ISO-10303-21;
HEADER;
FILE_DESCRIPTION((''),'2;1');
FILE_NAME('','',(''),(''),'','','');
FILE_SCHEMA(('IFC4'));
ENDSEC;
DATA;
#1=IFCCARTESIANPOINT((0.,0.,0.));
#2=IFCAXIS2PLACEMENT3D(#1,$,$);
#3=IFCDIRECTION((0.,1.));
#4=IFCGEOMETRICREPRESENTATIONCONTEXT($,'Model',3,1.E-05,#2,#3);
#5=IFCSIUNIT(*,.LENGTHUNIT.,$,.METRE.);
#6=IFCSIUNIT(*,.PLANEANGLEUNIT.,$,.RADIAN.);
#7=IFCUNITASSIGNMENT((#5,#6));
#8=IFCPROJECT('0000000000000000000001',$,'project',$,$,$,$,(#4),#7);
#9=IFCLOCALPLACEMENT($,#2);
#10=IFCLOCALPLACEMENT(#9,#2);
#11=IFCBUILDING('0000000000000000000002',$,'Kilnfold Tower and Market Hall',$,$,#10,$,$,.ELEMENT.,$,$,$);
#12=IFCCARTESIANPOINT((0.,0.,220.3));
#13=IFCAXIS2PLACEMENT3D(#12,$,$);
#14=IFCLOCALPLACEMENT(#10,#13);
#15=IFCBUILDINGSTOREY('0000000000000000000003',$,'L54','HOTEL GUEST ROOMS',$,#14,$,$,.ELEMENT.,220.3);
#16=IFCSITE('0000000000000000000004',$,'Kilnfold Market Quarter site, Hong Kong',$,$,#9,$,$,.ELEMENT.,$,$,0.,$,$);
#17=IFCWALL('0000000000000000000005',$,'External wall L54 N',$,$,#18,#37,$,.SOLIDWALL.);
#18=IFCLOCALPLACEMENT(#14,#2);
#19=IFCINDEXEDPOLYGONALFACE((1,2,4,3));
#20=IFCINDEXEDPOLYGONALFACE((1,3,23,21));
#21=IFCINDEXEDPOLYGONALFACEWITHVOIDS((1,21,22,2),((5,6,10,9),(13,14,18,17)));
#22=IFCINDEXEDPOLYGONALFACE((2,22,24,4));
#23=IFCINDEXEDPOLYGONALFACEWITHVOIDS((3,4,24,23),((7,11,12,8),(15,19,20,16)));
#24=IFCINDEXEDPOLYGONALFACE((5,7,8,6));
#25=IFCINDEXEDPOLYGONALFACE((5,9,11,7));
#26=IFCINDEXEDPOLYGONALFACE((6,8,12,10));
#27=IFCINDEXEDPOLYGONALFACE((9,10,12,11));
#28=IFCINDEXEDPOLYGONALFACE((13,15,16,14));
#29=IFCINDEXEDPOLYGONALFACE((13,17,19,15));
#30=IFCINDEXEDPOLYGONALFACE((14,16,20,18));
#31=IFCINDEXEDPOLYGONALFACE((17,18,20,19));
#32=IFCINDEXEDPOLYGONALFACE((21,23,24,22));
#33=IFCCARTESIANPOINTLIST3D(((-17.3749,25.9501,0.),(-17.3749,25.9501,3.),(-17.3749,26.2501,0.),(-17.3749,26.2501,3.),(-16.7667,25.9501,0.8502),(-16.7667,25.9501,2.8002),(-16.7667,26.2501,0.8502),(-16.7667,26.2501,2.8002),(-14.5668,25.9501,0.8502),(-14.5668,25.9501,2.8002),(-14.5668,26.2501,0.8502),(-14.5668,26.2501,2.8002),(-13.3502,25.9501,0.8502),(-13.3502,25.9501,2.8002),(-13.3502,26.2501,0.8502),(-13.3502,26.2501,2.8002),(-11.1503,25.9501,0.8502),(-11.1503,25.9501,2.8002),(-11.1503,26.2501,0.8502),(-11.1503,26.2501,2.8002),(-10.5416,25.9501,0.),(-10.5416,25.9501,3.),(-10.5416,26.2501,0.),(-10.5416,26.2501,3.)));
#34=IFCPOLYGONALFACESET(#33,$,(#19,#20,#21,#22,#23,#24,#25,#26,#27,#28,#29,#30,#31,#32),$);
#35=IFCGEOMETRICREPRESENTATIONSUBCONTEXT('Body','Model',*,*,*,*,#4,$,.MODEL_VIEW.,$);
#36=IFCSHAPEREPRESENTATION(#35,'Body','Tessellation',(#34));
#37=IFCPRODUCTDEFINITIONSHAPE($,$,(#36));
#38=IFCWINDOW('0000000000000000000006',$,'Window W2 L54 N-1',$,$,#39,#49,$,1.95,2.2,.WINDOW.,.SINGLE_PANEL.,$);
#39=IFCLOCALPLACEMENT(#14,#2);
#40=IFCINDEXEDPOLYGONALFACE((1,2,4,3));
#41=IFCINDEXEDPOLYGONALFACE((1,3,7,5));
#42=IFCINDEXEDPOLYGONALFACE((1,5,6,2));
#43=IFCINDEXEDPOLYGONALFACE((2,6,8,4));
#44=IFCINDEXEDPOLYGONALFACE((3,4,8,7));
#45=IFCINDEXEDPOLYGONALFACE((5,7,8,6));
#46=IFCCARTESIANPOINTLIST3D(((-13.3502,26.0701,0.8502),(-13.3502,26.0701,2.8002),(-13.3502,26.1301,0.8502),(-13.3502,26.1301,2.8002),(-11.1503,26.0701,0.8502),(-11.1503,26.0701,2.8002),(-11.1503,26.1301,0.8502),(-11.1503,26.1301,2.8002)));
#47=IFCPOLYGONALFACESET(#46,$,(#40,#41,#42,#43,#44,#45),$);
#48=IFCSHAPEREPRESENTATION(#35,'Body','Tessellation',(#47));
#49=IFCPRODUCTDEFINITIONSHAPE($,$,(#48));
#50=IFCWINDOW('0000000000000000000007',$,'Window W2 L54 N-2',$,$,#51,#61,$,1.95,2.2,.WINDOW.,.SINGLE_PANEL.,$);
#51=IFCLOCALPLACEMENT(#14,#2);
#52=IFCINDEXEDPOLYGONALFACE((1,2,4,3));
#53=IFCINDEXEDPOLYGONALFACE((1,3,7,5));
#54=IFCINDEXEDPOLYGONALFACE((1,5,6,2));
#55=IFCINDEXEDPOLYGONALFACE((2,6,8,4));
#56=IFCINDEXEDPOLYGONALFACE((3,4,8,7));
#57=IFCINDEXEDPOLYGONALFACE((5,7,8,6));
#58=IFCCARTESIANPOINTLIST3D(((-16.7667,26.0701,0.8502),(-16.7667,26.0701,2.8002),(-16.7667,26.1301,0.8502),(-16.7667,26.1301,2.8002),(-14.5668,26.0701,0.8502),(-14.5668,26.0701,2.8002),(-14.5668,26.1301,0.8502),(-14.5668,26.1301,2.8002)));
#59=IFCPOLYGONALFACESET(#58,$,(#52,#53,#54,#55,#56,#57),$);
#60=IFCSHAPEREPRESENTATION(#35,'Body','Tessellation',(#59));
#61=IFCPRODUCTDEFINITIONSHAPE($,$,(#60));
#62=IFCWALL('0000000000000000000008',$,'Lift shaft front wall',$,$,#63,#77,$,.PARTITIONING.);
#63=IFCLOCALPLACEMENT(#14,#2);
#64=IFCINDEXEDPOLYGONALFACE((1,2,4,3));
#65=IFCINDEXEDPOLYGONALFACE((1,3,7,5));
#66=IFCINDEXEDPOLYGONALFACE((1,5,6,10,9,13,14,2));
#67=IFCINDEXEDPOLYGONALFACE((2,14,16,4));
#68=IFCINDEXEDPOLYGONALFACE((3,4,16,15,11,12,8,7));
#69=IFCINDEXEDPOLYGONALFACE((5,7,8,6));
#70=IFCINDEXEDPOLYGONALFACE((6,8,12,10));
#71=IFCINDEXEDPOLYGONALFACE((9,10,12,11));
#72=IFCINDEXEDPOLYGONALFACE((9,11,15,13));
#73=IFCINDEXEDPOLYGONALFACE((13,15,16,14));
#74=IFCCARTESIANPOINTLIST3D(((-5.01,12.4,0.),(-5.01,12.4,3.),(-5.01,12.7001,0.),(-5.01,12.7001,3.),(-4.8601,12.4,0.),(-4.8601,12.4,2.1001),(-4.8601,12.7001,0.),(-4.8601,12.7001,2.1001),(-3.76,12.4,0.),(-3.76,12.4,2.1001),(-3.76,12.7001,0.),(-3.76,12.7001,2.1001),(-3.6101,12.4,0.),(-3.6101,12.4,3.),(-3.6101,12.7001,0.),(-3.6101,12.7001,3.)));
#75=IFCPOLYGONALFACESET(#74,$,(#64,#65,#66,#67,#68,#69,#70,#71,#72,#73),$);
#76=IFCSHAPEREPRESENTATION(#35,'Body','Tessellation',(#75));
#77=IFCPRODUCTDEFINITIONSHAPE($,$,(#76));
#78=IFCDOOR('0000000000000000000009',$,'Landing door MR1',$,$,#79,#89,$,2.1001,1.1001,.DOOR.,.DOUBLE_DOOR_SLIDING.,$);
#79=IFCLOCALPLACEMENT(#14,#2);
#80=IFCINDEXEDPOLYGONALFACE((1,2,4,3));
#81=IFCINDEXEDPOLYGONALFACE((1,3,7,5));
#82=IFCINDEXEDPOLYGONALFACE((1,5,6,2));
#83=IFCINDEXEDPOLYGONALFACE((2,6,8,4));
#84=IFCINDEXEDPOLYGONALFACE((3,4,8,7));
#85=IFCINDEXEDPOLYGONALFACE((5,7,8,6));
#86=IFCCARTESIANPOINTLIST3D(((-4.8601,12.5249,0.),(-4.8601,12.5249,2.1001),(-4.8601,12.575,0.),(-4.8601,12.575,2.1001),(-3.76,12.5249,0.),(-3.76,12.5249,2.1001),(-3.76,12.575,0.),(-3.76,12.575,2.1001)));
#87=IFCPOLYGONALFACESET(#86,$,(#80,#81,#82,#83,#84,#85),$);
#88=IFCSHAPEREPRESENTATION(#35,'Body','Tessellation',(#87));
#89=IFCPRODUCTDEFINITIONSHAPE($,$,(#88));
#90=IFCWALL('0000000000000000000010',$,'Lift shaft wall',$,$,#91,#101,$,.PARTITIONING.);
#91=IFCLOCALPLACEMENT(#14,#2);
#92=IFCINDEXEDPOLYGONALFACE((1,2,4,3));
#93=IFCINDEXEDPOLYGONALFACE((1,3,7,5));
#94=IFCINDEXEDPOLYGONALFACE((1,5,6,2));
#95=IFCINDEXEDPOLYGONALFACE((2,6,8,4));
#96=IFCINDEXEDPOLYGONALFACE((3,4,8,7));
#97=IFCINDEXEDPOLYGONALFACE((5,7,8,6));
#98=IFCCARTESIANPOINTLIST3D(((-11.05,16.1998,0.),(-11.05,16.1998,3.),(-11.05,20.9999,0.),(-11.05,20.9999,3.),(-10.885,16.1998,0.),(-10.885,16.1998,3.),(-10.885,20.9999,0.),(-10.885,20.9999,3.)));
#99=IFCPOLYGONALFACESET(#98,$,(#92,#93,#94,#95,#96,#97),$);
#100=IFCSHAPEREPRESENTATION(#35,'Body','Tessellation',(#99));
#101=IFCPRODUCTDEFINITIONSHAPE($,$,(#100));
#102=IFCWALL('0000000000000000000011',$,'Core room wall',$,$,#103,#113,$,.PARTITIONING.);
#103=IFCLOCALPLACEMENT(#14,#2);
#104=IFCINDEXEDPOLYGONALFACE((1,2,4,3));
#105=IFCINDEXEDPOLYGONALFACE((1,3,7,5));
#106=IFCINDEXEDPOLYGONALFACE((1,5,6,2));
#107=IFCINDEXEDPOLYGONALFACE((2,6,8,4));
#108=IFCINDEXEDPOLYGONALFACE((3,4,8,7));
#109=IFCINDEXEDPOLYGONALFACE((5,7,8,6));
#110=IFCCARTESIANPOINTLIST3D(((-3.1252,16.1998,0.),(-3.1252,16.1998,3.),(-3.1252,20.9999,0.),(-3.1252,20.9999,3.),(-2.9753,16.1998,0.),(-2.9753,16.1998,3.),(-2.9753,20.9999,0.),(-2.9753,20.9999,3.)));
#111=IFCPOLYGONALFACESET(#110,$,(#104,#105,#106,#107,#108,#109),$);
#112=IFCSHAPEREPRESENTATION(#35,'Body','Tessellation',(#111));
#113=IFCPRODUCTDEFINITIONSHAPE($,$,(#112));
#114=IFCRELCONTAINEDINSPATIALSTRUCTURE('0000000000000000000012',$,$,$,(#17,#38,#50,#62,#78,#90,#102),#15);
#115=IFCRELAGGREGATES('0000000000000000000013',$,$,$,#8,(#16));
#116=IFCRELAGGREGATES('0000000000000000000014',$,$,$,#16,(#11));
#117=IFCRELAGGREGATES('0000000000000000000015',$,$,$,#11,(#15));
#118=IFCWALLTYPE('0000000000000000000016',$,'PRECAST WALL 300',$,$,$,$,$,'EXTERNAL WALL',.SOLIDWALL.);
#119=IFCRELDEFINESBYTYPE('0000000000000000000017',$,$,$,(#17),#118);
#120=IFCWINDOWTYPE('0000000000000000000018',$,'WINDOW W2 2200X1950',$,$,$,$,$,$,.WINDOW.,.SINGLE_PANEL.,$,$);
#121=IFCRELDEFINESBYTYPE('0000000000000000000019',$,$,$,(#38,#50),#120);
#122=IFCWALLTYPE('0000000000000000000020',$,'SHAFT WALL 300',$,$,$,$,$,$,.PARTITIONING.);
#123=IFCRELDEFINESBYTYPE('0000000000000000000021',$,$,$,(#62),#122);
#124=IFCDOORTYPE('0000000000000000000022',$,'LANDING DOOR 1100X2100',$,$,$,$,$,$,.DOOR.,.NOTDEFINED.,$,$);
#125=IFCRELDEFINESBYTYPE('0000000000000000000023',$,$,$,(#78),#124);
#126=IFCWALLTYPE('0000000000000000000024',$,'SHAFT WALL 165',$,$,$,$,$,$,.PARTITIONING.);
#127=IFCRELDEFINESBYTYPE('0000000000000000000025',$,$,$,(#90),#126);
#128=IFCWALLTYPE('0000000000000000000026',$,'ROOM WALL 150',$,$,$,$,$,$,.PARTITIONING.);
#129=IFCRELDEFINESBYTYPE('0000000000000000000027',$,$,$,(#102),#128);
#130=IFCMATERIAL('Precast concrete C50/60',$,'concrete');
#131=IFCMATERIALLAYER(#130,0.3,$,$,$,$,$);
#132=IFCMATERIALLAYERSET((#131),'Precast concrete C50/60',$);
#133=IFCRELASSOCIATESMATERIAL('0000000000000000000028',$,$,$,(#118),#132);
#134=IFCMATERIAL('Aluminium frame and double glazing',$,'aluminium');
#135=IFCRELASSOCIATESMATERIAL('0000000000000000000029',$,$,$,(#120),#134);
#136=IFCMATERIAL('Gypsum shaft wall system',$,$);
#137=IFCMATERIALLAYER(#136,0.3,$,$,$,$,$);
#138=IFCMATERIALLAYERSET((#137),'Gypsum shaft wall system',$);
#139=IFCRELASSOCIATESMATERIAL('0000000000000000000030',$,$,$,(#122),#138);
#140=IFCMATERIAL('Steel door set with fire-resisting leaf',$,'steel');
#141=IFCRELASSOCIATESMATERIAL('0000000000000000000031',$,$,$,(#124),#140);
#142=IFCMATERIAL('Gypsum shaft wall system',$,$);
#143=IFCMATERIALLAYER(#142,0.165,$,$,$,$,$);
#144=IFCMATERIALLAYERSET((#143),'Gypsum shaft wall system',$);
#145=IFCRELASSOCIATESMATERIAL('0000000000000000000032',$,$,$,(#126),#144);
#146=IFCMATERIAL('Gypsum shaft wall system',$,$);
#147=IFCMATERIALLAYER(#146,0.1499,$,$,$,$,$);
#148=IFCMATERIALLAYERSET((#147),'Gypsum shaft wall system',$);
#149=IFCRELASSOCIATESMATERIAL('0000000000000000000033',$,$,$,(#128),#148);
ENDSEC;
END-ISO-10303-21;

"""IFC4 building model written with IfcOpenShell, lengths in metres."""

from ifc_helpers import new_model, si_unit, direction, frame, frame_2d, origin, place, context, subcontext, project, spatial, rectangle, extrude, source, transform, mapped, material, layer, layer_set, type_object, element, fill, save


model = new_model("IFC4")

# Units and contexts
model_context = context("Model", 3, precision=1e-05, world=origin(), true_north=direction((0.0, 1.0)))
body_context = subcontext(model_context, "Body", "Model", "MODEL_VIEW")
ifc_project = project(units=[si_unit("LENGTHUNIT", "METRE"), si_unit("PLANEANGLEUNIT", "RADIAN")], contexts=[model_context])

# Site, building, storey
site_placement = place(None, origin())
site = spatial("IfcSite", under=ifc_project, at=site_placement, Name="Kilnfold Market Quarter site, Hong Kong", CompositionType="ELEMENT", RefElevation=0.0)
building_placement = place(site_placement, origin())
building = spatial("IfcBuilding", under=site, at=building_placement, Name="Kilnfold Tower and Market Hall", CompositionType="ELEMENT")
storey_placement = place(building_placement, frame((0.0, 0.0, 220.3)))
storey = spatial("IfcBuildingStorey", under=building, at=storey_placement, Name="L54", Description="HOTEL GUEST ROOMS", CompositionType="ELEMENT", Elevation=220.3)

# Wall, openings, windows
ifc_material_1 = material(Name="Precast concrete C50/60", Category="concrete")
ifc_layer_1 = layer(ifc_material_1, 0.3)
ifc_layer_set_1 = layer_set([ifc_layer_1], Name="Precast concrete C50/60")
wall_type_1 = type_object("IfcWallType", Name="PRECAST WALL 300", ElementType="EXTERNAL WALL", PredefinedType="SOLIDWALL", material=ifc_layer_set_1)
ifc_material_2 = material(Name="Aluminium frame and double glazing", Category="aluminium")
window_type = type_object("IfcWindowType", Name="WINDOW W2 2200X1950", PartitioningType="SINGLE_PANEL", PredefinedType="WINDOW", material=ifc_material_2)
shared_shape_1 = source(origin(), body_context, "Body", "SweptSolid", [
    extrude(rectangle(XDim=6.8333, YDim=0.3, at=frame_2d((3.4165, 0.0))), origin(), (0.0, 0.0, 1.0), 3.0),
])
wall_1_placement = place(storey_placement, frame((-10.5417, 26.1001, 0.0), z_axis=(0.0, 0.0, 1.0), x_axis=(-1.0, 0.0, 0.0)))
wall_1 = element("IfcWall", 1, at=wall_1_placement, inside=storey, type_object=wall_type_1, Name="External wall L54 N", PredefinedType="SOLIDWALL", context=body_context, shape_type="MappedRepresentation", body=[
    mapped(shared_shape_1, transform((0.0, 0.0, 0.0))),
])
opening_1_placement = place(wall_1_placement, frame((0.6084, 0.0, 0.8501)))
opening_1 = element("IfcOpeningElement", 2, at=opening_1_placement, cuts=wall_1, PredefinedType="OPENING", context=body_context, shape_type="SweptSolid", body=[
    extrude(rectangle(XDim=2.2, YDim=1.95, at=frame_2d((1.1001, 0.9751))), frame((0.0, 0.1602, 0.0), z_axis=(0.0, -1.0, 0.0), x_axis=(1.0, 0.0, 0.0)), (0.0, 0.0, 1.0), 0.3201),
])
opening_2_placement = place(wall_1_placement, frame((4.0249, 0.0, 0.8501)))
opening_2 = element("IfcOpeningElement", 3, at=opening_2_placement, cuts=wall_1, PredefinedType="OPENING", context=body_context, shape_type="SweptSolid", body=[
    extrude(rectangle(XDim=2.2, YDim=1.95, at=frame_2d((1.1001, 0.9751))), frame((0.0, 0.1602, 0.0), z_axis=(0.0, -1.0, 0.0), x_axis=(1.0, 0.0, 0.0)), (0.0, 0.0, 1.0), 0.3201),
])
window_1_placement = place(opening_1_placement, origin())
window_1 = element("IfcWindow", 4, at=window_1_placement, inside=storey, type_object=window_type, Name="Window W2 L54 N-1", OverallHeight=1.95, OverallWidth=2.2, PartitioningType="SINGLE_PANEL", PredefinedType="WINDOW", context=body_context, shape_type="SweptSolid", body=[
    extrude(rectangle(XDim=2.2, YDim=1.95, at=frame_2d((1.1001, 0.9751))), frame((0.0, 0.03, 0.0), z_axis=(0.0, -1.0, 0.0), x_axis=(1.0, 0.0, 0.0)), (0.0, 0.0, 1.0), 0.0601),
])
fill(opening_1, window_1)
window_2_placement = place(opening_2_placement, origin())
window_2 = element("IfcWindow", 5, at=window_2_placement, inside=storey, type_object=window_type, Name="Window W2 L54 N-2", OverallHeight=1.95, OverallWidth=2.2, PartitioningType="SINGLE_PANEL", PredefinedType="WINDOW", context=body_context, shape_type="SweptSolid", body=[
    extrude(rectangle(XDim=2.2, YDim=1.95, at=frame_2d((1.1001, 0.9751))), frame((0.0, 0.03, 0.0), z_axis=(0.0, -1.0, 0.0), x_axis=(1.0, 0.0, 0.0)), (0.0, 0.0, 1.0), 0.0601),
])
fill(opening_2, window_2)

# Wall, opening, door
ifc_material_3 = material(Name="Gypsum shaft wall system")
ifc_layer_2 = layer(ifc_material_3, 0.3)
ifc_layer_set_2 = layer_set([ifc_layer_2], Name="Gypsum shaft wall system")
wall_type_2 = type_object("IfcWallType", Name="SHAFT WALL 300", PredefinedType="PARTITIONING", material=ifc_layer_set_2)
shared_shape_2 = source(origin(), body_context, "Body", "SweptSolid", [
    extrude(rectangle(XDim=1.3999, YDim=0.3, at=frame_2d((0.7, 0.0))), origin(), (0.0, 0.0, 1.0), 3.0),
])
wall_2_placement = place(storey_placement, frame((-5.01, 12.55, 0.0), z_axis=(0.0, 0.0, 1.0), x_axis=(1.0, 0.0, 0.0)))
wall_2 = element("IfcWall", 6, at=wall_2_placement, inside=storey, type_object=wall_type_2, Name="Lift shaft front wall", PredefinedType="PARTITIONING", context=body_context, shape_type="MappedRepresentation", body=[
    mapped(shared_shape_2, transform((0.0, 0.0, 0.0))),
])
opening_3_placement = place(wall_2_placement, frame((0.1499, 0.0, 0.0)))
opening_3 = element("IfcOpeningElement", 7, at=opening_3_placement, cuts=wall_2, PredefinedType="OPENING", context=body_context, shape_type="SweptSolid", body=[
    extrude(rectangle(XDim=1.1001, YDim=2.1001, at=frame_2d((0.55, 1.05))), frame((0.0, 0.1602, 0.0), z_axis=(0.0, -1.0, 0.0), x_axis=(1.0, 0.0, 0.0)), (0.0, 0.0, 1.0), 0.3201),
])
ifc_material_4 = material(Name="Steel door set with fire-resisting leaf", Category="steel")
door_type = type_object("IfcDoorType", Name="LANDING DOOR 1100X2100", OperationType="NOTDEFINED", PredefinedType="DOOR", material=ifc_material_4)
door_placement = place(opening_3_placement, origin())
door = element("IfcDoor", 8, at=door_placement, inside=storey, type_object=door_type, Name="Landing door MR1", OperationType="DOUBLE_DOOR_SLIDING", OverallHeight=2.1001, OverallWidth=1.1001, PredefinedType="DOOR", context=body_context, shape_type="SweptSolid", body=[
    extrude(rectangle(XDim=1.1001, YDim=2.1001, at=frame_2d((0.55, 1.05))), frame((0.0, 0.0249, 0.0), z_axis=(0.0, -1.0, 0.0), x_axis=(1.0, 0.0, 0.0)), (0.0, 0.0, 1.0), 0.05),
])
fill(opening_3, door)

# Walls
ifc_material_5 = material(Name="Gypsum shaft wall system")
ifc_layer_3 = layer(ifc_material_5, 0.165)
ifc_layer_set_3 = layer_set([ifc_layer_3], Name="Gypsum shaft wall system")
wall_type_3 = type_object("IfcWallType", Name="SHAFT WALL 165", PredefinedType="PARTITIONING", material=ifc_layer_set_3)
shared_shape_3 = source(origin(), body_context, "Body", "SweptSolid", [
    extrude(rectangle(XDim=4.8, YDim=0.165, at=frame_2d((2.3999, 0.0))), origin(), (0.0, 0.0, 1.0), 3.0),
])
wall_3_placement = place(storey_placement, frame((-10.9675, 16.2, 0.0), z_axis=(0.0, 0.0, 1.0), x_axis=(0.0, 1.0, 0.0)))
element("IfcWall", 9, at=wall_3_placement, inside=storey, type_object=wall_type_3, Name="Lift shaft wall", PredefinedType="PARTITIONING", context=body_context, shape_type="MappedRepresentation", body=[
    mapped(shared_shape_3, transform((0.0, 0.0, 0.0))),
])
ifc_material_6 = material(Name="Gypsum shaft wall system")
ifc_layer_4 = layer(ifc_material_6, 0.1499)
ifc_layer_set_4 = layer_set([ifc_layer_4], Name="Gypsum shaft wall system")
wall_type_4 = type_object("IfcWallType", Name="ROOM WALL 150", PredefinedType="PARTITIONING", material=ifc_layer_set_4)
shared_shape_4 = source(origin(), body_context, "Body", "SweptSolid", [
    extrude(rectangle(XDim=4.8, YDim=0.1499, at=frame_2d((2.3999, 0.0))), origin(), (0.0, 0.0, 1.0), 3.0),
])
wall_4_placement = place(storey_placement, frame((-3.0503, 16.2, 0.0), z_axis=(0.0, 0.0, 1.0), x_axis=(0.0, 1.0, 0.0)))
element("IfcWall", 10, at=wall_4_placement, inside=storey, type_object=wall_type_4, Name="Core room wall", PredefinedType="PARTITIONING", context=body_context, shape_type="MappedRepresentation", body=[
    mapped(shared_shape_4, transform((0.0, 0.0, 0.0))),
])

save(model, "model.ifc")
